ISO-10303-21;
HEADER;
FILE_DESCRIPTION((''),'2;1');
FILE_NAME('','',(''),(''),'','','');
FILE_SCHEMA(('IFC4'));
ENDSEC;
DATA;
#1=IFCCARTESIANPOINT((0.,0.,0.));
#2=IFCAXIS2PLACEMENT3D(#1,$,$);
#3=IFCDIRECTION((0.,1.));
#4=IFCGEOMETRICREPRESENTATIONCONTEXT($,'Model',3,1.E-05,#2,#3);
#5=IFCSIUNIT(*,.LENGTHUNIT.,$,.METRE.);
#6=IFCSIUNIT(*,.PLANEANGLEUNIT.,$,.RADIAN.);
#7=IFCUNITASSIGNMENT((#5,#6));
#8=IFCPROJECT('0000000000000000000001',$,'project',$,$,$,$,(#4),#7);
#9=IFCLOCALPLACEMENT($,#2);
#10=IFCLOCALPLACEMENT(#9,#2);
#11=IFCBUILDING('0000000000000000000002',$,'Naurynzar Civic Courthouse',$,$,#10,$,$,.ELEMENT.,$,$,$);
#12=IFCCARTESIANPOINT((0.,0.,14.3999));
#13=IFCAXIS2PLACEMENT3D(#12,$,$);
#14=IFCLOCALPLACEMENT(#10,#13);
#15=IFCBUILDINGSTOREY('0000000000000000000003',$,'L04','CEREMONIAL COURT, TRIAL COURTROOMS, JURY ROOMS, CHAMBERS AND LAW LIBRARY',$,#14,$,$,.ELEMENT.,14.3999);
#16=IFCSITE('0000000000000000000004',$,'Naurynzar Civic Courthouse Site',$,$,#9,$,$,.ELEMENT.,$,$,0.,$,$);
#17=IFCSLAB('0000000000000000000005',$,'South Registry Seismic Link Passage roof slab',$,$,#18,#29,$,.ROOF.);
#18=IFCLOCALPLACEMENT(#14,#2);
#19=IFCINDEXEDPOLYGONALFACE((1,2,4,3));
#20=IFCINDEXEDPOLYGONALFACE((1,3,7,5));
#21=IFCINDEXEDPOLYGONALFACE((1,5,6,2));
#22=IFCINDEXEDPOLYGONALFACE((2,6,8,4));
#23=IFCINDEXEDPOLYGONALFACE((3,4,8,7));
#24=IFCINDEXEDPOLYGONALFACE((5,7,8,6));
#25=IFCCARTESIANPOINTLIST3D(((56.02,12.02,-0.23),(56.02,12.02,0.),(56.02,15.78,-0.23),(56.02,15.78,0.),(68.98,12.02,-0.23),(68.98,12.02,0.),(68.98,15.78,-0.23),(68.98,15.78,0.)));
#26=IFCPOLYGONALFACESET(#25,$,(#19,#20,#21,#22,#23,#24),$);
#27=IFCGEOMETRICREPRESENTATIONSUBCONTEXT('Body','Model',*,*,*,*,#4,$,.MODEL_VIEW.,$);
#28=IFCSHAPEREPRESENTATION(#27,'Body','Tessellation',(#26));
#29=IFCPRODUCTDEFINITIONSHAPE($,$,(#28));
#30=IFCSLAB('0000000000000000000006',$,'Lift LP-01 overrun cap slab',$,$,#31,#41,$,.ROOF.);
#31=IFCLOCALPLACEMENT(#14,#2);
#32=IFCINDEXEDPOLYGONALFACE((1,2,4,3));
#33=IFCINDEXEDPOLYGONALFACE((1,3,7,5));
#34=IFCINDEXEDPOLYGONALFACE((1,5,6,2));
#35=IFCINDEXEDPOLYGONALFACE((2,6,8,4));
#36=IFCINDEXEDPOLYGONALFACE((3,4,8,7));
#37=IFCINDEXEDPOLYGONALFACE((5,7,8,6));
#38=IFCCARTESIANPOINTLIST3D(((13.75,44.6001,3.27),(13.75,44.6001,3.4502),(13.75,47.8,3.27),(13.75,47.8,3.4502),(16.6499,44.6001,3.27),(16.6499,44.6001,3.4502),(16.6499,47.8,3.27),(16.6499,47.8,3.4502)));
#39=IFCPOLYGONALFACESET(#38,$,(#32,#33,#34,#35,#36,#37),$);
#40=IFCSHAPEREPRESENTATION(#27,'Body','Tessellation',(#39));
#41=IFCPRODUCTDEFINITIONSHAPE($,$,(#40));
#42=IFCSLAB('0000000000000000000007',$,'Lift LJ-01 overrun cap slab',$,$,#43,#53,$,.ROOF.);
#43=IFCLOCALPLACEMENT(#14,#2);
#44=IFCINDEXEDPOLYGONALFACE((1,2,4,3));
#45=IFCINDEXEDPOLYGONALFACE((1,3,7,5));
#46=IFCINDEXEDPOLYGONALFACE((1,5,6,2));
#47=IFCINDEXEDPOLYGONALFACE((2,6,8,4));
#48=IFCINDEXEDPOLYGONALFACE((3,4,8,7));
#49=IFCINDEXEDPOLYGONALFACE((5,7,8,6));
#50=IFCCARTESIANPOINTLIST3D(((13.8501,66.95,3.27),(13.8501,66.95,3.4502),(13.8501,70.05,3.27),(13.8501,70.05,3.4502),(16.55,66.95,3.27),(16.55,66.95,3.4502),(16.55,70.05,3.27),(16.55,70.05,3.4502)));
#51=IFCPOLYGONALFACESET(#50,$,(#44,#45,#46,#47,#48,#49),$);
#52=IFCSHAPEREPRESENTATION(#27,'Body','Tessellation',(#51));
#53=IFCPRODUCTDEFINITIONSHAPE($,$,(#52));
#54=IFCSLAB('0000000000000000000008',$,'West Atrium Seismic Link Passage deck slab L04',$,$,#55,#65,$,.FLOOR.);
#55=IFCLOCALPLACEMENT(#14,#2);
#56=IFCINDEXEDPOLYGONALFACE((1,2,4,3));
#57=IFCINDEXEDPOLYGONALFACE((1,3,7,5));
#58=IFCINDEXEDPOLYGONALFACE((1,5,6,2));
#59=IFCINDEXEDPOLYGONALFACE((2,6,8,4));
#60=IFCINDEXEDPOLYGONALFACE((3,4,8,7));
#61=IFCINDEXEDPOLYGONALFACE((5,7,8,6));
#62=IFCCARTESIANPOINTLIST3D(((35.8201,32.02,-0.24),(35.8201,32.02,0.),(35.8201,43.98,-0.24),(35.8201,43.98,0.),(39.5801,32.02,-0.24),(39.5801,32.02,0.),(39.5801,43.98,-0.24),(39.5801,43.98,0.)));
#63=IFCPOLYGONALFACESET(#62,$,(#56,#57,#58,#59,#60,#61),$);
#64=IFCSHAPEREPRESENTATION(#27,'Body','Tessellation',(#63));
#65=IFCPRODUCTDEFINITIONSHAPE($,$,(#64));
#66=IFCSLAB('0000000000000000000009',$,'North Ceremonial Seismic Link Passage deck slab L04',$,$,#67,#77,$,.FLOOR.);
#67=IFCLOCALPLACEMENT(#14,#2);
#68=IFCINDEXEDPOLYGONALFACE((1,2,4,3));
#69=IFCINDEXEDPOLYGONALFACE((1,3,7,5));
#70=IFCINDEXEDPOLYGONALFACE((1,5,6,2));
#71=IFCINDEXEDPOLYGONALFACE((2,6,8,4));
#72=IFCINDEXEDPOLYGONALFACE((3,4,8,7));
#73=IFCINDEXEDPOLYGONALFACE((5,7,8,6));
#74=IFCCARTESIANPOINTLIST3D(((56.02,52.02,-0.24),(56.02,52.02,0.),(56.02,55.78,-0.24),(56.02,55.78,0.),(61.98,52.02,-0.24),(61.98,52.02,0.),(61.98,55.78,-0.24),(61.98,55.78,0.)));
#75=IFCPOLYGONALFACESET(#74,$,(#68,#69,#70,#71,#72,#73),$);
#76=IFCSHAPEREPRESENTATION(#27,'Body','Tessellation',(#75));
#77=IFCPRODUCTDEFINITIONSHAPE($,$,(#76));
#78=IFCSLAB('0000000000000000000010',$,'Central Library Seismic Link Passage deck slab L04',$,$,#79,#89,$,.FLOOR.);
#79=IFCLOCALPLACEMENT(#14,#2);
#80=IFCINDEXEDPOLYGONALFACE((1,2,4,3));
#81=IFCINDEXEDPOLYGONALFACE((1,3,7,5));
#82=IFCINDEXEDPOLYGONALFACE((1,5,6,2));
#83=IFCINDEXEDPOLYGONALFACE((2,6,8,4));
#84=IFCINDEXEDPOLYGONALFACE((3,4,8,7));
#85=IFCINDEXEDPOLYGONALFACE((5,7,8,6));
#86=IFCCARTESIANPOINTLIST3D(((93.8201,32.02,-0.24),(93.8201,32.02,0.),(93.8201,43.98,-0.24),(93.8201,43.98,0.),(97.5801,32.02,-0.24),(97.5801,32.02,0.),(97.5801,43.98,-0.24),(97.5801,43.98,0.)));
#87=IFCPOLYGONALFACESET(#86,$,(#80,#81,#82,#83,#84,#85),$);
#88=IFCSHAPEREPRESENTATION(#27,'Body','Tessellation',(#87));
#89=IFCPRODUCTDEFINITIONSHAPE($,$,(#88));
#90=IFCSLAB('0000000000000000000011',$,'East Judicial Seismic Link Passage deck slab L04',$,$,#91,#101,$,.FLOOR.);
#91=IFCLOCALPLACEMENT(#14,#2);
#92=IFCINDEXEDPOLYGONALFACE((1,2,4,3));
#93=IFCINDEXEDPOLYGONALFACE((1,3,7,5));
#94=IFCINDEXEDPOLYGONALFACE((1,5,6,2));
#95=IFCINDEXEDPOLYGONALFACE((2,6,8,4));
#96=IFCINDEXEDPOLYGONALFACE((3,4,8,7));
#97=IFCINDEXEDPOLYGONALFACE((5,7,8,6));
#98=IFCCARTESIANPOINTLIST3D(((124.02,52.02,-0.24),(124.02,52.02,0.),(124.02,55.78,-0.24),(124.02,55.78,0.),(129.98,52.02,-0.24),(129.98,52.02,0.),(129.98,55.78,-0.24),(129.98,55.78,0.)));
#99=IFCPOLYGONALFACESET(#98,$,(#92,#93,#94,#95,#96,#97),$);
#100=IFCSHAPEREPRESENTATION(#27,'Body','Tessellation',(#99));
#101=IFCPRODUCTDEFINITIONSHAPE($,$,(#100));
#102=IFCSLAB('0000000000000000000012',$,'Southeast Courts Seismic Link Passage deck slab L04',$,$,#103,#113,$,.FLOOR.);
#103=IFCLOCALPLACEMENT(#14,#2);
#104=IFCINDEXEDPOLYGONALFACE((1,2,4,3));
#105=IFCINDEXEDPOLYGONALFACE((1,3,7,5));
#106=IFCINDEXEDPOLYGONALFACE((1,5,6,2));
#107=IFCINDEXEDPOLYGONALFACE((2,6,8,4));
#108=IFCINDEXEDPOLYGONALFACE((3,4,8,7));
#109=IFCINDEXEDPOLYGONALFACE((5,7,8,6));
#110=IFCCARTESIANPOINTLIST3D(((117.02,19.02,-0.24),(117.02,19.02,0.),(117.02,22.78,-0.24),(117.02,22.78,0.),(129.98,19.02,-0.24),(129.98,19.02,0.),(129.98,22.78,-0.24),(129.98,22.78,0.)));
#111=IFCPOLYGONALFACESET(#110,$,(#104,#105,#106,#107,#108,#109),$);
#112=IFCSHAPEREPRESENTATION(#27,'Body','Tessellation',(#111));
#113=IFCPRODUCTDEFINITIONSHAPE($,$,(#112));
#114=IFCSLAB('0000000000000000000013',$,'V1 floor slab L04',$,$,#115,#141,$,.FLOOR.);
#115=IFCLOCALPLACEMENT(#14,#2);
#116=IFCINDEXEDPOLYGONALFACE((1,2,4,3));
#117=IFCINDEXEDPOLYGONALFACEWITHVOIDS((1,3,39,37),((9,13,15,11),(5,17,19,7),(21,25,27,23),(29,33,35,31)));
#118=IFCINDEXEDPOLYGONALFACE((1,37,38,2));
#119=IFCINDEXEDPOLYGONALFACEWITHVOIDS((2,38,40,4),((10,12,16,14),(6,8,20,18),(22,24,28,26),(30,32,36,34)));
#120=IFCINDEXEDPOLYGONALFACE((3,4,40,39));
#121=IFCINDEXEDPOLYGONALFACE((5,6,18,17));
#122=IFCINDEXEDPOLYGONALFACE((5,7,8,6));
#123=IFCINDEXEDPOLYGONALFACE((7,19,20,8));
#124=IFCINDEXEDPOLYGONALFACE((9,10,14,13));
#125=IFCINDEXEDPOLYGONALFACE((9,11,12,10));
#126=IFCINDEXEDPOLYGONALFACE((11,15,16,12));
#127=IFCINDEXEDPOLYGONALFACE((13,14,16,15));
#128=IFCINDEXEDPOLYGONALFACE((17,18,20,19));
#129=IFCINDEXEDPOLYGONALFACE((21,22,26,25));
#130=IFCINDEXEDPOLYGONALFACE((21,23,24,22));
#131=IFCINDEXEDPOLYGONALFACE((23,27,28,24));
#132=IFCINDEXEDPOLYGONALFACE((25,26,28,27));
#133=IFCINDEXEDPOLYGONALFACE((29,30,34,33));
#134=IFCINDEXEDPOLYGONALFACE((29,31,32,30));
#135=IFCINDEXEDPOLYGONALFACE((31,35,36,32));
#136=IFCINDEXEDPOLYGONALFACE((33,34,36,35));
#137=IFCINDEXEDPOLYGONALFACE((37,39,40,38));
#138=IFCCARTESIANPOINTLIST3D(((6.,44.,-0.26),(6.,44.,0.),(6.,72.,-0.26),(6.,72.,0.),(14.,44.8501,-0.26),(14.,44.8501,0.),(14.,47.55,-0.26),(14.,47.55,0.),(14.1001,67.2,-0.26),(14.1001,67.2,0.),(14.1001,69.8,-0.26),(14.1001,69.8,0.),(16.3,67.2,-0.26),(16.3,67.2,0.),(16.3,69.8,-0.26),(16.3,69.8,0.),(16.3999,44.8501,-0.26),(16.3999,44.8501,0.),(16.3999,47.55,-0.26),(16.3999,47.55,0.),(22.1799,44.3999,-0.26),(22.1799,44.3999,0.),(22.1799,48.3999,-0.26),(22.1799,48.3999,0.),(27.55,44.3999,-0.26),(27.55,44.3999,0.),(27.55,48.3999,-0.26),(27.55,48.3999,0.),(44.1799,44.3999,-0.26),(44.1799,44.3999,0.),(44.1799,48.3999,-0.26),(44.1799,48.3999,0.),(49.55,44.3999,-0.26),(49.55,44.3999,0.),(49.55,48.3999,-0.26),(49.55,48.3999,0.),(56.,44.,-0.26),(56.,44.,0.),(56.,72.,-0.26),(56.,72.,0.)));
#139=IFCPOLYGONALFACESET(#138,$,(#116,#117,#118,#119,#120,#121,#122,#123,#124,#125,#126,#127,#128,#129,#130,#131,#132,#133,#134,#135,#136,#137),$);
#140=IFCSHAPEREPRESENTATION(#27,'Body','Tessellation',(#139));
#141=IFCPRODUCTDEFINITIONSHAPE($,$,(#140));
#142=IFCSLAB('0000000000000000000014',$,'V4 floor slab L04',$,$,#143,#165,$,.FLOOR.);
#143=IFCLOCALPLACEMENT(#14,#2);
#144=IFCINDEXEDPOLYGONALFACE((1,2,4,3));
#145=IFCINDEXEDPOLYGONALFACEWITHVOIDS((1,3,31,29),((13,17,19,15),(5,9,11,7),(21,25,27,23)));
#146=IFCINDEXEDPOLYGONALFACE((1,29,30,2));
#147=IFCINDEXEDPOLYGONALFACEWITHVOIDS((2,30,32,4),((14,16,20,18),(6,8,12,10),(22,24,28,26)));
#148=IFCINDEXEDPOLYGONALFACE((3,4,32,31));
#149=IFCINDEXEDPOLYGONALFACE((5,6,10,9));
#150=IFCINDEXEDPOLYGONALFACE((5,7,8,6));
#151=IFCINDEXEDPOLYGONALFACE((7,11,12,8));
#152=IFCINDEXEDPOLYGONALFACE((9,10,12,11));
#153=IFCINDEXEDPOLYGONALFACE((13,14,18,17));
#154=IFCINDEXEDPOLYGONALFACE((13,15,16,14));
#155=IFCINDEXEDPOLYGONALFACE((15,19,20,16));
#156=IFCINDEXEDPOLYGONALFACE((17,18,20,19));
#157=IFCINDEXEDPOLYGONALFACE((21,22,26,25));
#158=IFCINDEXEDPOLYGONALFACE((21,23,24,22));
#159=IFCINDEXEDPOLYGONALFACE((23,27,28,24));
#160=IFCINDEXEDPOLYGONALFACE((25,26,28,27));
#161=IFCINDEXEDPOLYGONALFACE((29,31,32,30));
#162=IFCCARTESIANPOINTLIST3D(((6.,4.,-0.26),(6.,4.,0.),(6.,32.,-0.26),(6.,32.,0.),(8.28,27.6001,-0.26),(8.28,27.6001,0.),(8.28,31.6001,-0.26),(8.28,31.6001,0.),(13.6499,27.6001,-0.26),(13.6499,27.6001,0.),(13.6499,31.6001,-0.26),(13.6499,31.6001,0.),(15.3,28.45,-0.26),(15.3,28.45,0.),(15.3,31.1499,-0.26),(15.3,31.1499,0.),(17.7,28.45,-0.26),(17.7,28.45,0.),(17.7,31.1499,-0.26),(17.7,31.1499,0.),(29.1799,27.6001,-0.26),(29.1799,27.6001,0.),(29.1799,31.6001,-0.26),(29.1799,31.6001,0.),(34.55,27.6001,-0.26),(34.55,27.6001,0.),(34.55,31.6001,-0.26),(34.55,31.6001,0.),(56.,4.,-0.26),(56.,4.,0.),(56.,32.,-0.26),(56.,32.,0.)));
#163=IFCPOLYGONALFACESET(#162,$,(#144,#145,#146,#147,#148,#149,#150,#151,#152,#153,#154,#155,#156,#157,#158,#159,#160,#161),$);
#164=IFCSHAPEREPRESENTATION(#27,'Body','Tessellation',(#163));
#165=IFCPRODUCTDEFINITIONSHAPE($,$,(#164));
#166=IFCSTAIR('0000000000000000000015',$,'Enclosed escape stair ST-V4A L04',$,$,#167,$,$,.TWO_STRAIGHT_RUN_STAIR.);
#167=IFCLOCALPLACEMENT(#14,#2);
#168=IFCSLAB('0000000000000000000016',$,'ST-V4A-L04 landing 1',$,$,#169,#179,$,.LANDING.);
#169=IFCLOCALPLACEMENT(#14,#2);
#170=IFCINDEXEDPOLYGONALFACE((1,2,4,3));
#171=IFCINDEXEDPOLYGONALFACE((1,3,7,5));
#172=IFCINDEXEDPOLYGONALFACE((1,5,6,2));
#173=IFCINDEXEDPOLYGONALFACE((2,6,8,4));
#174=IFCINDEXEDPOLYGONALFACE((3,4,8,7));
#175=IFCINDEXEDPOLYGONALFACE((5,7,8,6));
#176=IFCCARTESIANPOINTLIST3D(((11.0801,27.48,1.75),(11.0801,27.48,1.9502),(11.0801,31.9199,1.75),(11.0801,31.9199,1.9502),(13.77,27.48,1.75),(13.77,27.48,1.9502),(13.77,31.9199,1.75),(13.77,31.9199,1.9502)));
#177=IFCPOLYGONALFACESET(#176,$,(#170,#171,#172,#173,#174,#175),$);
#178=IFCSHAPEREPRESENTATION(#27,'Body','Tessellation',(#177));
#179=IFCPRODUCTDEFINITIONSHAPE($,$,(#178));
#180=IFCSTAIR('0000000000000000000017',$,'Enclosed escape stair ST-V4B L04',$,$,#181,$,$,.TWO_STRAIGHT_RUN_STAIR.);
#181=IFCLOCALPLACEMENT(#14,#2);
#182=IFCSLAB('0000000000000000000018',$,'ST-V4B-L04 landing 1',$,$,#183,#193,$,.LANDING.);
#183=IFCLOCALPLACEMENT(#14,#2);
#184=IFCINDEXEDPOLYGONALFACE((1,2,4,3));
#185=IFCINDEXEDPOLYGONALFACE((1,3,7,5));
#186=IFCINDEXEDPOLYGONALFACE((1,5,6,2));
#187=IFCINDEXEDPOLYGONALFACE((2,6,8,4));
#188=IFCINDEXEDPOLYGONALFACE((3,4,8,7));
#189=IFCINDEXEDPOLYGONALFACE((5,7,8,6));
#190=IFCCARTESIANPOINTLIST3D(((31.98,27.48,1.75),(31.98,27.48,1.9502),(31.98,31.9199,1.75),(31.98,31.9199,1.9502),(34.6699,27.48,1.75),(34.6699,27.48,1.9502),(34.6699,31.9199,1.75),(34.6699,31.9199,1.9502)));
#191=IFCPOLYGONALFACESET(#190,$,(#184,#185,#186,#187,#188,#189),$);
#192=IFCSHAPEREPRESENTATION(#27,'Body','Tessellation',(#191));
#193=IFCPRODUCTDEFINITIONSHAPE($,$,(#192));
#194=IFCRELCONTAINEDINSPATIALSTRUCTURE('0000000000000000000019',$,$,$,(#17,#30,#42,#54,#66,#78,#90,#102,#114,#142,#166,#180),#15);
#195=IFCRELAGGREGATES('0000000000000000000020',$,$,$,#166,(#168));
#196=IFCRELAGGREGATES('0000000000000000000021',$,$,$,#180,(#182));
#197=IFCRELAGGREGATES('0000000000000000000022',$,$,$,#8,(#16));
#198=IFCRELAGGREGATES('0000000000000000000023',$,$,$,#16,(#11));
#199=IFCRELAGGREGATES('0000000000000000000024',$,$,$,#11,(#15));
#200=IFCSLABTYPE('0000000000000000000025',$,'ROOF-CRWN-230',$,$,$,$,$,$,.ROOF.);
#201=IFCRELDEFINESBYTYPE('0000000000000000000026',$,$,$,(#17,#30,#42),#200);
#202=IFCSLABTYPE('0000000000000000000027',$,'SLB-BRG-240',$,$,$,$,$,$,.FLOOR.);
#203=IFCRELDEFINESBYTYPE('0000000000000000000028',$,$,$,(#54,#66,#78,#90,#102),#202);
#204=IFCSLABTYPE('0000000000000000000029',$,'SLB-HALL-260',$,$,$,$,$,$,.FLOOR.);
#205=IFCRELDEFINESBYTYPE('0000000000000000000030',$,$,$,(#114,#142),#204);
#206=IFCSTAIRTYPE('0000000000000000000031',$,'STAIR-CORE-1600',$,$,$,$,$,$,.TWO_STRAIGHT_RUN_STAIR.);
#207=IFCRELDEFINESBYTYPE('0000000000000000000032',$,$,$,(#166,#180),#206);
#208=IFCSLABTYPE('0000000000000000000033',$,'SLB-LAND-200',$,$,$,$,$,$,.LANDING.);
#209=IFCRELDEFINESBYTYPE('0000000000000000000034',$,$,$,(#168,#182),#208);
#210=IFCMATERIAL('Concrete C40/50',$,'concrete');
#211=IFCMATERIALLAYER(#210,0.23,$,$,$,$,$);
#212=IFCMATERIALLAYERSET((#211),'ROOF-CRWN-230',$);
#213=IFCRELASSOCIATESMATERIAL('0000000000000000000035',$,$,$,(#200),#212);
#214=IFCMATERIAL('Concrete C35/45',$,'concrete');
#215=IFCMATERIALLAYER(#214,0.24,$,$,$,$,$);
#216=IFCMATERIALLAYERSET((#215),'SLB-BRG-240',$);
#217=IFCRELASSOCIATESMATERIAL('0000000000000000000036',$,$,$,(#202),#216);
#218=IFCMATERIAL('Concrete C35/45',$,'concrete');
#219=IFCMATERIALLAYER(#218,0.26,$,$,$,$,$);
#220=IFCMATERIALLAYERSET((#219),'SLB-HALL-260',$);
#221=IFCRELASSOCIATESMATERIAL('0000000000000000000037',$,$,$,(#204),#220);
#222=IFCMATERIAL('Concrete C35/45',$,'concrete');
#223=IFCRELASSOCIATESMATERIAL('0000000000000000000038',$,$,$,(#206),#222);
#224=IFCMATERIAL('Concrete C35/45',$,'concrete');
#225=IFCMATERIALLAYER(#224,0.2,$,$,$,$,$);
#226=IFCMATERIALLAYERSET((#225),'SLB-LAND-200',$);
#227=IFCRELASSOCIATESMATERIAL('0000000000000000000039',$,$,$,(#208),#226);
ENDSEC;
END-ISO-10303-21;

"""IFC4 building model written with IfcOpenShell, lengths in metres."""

from ifc_helpers import new_model, si_unit, direction, frame, origin, place, context, subcontext, project, spatial, polyline, outline, extrude, material, layer, layer_set, type_object, element, aggregate, save


model = new_model("IFC4")

# Units and contexts
model_context = context("Model", 3, precision=1e-05, world=origin(), true_north=direction((0.0, 1.0)))
body_context = subcontext(model_context, "Body", "Model", "MODEL_VIEW")
ifc_project = project(units=[si_unit("LENGTHUNIT", "METRE"), si_unit("PLANEANGLEUNIT", "RADIAN")], contexts=[model_context])

# Site, building, storey
site_placement = place(None, origin())
site = spatial("IfcSite", under=ifc_project, at=site_placement, Name="Naurynzar Civic Courthouse Site", CompositionType="ELEMENT", RefElevation=0.0)
building_placement = place(site_placement, origin())
building = spatial("IfcBuilding", under=site, at=building_placement, Name="Naurynzar Civic Courthouse", CompositionType="ELEMENT")
storey_placement = place(building_placement, frame((0.0, 0.0, 14.3999)))
storey = spatial("IfcBuildingStorey", under=building, at=storey_placement, Name="L04", Description="CEREMONIAL COURT, TRIAL COURTROOMS, JURY ROOMS, CHAMBERS AND LAW LIBRARY", CompositionType="ELEMENT", Elevation=14.3999)

# Slabs
ifc_material_1 = material(Name="Concrete C40/50", Category="concrete")
ifc_layer_1 = layer(ifc_material_1, 0.23)
ifc_layer_set_1 = layer_set([ifc_layer_1], Name="ROOF-CRWN-230")
slab_type_1 = type_object("IfcSlabType", Name="ROOF-CRWN-230", PredefinedType="ROOF", material=ifc_layer_set_1)
slab_1_placement = place(storey_placement, frame((0.0, 0.0, -0.23)))
element("IfcSlab", 1, at=slab_1_placement, inside=storey, type_object=slab_type_1, Name="South Registry Seismic Link Passage roof slab", PredefinedType="ROOF", context=body_context, shape_type="SweptSolid", body=[
    extrude(outline(polyline([(56.02, 12.02), (68.98, 12.02), (68.98, 15.78), (56.02, 15.78), (56.02, 12.02)])), origin(), (0.0, 0.0, 1.0), 0.23),
])
slab_2_placement = place(storey_placement, frame((0.0, 0.0, 3.27)))
element("IfcSlab", 2, at=slab_2_placement, inside=storey, type_object=slab_type_1, Name="Lift LP-01 overrun cap slab", PredefinedType="ROOF", context=body_context, shape_type="SweptSolid", body=[
    extrude(outline(polyline([(13.75, 44.6001), (16.6499, 44.6001), (16.6499, 47.8), (13.75, 47.8), (13.75, 44.6001)])), origin(), (0.0, 0.0, 1.0), 0.1802),
])
slab_3_placement = place(storey_placement, frame((0.0, 0.0, 3.27)))
element("IfcSlab", 3, at=slab_3_placement, inside=storey, type_object=slab_type_1, Name="Lift LJ-01 overrun cap slab", PredefinedType="ROOF", context=body_context, shape_type="SweptSolid", body=[
    extrude(outline(polyline([(13.8501, 66.95), (16.55, 66.95), (16.55, 70.05), (13.8501, 70.05), (13.8501, 66.95)])), origin(), (0.0, 0.0, 1.0), 0.1802),
])
ifc_material_2 = material(Name="Concrete C35/45", Category="concrete")
ifc_layer_2 = layer(ifc_material_2, 0.24)
ifc_layer_set_2 = layer_set([ifc_layer_2], Name="SLB-BRG-240")
slab_type_2 = type_object("IfcSlabType", Name="SLB-BRG-240", PredefinedType="FLOOR", material=ifc_layer_set_2)
slab_4_placement = place(storey_placement, frame((0.0, 0.0, -0.24)))
element("IfcSlab", 4, at=slab_4_placement, inside=storey, type_object=slab_type_2, Name="West Atrium Seismic Link Passage deck slab L04", PredefinedType="FLOOR", context=body_context, shape_type="SweptSolid", body=[
    extrude(outline(polyline([(35.8201, 32.02), (39.5801, 32.02), (39.5801, 43.98), (35.8201, 43.98), (35.8201, 32.02)])), origin(), (0.0, 0.0, 1.0), 0.24),
])
slab_5_placement = place(storey_placement, frame((0.0, 0.0, -0.24)))
element("IfcSlab", 5, at=slab_5_placement, inside=storey, type_object=slab_type_2, Name="North Ceremonial Seismic Link Passage deck slab L04", PredefinedType="FLOOR", context=body_context, shape_type="SweptSolid", body=[
    extrude(outline(polyline([(56.02, 52.02), (61.98, 52.02), (61.98, 55.78), (56.02, 55.78), (56.02, 52.02)])), origin(), (0.0, 0.0, 1.0), 0.24),
])
slab_6_placement = place(storey_placement, frame((0.0, 0.0, -0.24)))
element("IfcSlab", 6, at=slab_6_placement, inside=storey, type_object=slab_type_2, Name="Central Library Seismic Link Passage deck slab L04", PredefinedType="FLOOR", context=body_context, shape_type="SweptSolid", body=[
    extrude(outline(polyline([(93.8201, 32.02), (97.5801, 32.02), (97.5801, 43.98), (93.8201, 43.98), (93.8201, 32.02)])), origin(), (0.0, 0.0, 1.0), 0.24),
])
slab_7_placement = place(storey_placement, frame((0.0, 0.0, -0.24)))
element("IfcSlab", 7, at=slab_7_placement, inside=storey, type_object=slab_type_2, Name="East Judicial Seismic Link Passage deck slab L04", PredefinedType="FLOOR", context=body_context, shape_type="SweptSolid", body=[
    extrude(outline(polyline([(124.02, 52.02), (129.98, 52.02), (129.98, 55.78), (124.02, 55.78), (124.02, 52.02)])), origin(), (0.0, 0.0, 1.0), 0.24),
])
slab_8_placement = place(storey_placement, frame((0.0, 0.0, -0.24)))
element("IfcSlab", 8, at=slab_8_placement, inside=storey, type_object=slab_type_2, Name="Southeast Courts Seismic Link Passage deck slab L04", PredefinedType="FLOOR", context=body_context, shape_type="SweptSolid", body=[
    extrude(outline(polyline([(117.02, 19.02), (129.98, 19.02), (129.98, 22.78), (117.02, 22.78), (117.02, 19.02)])), origin(), (0.0, 0.0, 1.0), 0.24),
])
ifc_material_3 = material(Name="Concrete C35/45", Category="concrete")
ifc_layer_3 = layer(ifc_material_3, 0.26)
ifc_layer_set_3 = layer_set([ifc_layer_3], Name="SLB-HALL-260")
slab_type_3 = type_object("IfcSlabType", Name="SLB-HALL-260", PredefinedType="FLOOR", material=ifc_layer_set_3)
slab_9_placement = place(storey_placement, frame((0.0, 0.0, -0.26)))
element("IfcSlab", 9, at=slab_9_placement, inside=storey, type_object=slab_type_3, Name="V1 floor slab L04", PredefinedType="FLOOR", context=body_context, shape_type="SweptSolid", body=[
    extrude(outline(polyline([(56.0, 44.0), (56.0, 72.0), (6.0, 72.0), (6.0, 44.0), (56.0, 44.0)]), holes=[polyline([(22.1799, 44.3999), (27.55, 44.3999), (27.55, 48.3999), (22.1799, 48.3999), (22.1799, 44.3999)]), polyline([(44.1799, 44.3999), (49.55, 44.3999), (49.55, 48.3999), (44.1799, 48.3999), (44.1799, 44.3999)]), polyline([(14.0, 44.8501), (16.3999, 44.8501), (16.3999, 47.55), (14.0, 47.55), (14.0, 44.8501)]), polyline([(14.1001, 67.2), (16.3, 67.2), (16.3, 69.8), (14.1001, 69.8), (14.1001, 67.2)])]), origin(), (0.0, 0.0, 1.0), 0.26),
])
slab_10_placement = place(storey_placement, frame((0.0, 0.0, -0.26)))
element("IfcSlab", 10, at=slab_10_placement, inside=storey, type_object=slab_type_3, Name="V4 floor slab L04", PredefinedType="FLOOR", context=body_context, shape_type="SweptSolid", body=[
    extrude(outline(polyline([(56.0, 4.0), (56.0, 32.0), (6.0, 32.0), (6.0, 4.0), (56.0, 4.0)]), holes=[polyline([(8.28, 27.6001), (13.6499, 27.6001), (13.6499, 31.6001), (8.28, 31.6001), (8.28, 27.6001)]), polyline([(29.1799, 27.6001), (34.55, 27.6001), (34.55, 31.6001), (29.1799, 31.6001), (29.1799, 27.6001)]), polyline([(15.3, 28.45), (17.7, 28.45), (17.7, 31.1499), (15.3, 31.1499), (15.3, 28.45)])]), origin(), (0.0, 0.0, 1.0), 0.26),
])

# Stairs, slabs
ifc_material_4 = material(Name="Concrete C35/45", Category="concrete")
stair_type_1 = type_object("IfcStairType", Name="STAIR-CORE-1600", PredefinedType="TWO_STRAIGHT_RUN_STAIR", material=ifc_material_4)
stair_1_placement = place(storey_placement, origin())
stair_1 = element("IfcStair", 11, at=stair_1_placement, inside=storey, type_object=stair_type_1, Name="Enclosed escape stair ST-V4A L04", PredefinedType="TWO_STRAIGHT_RUN_STAIR")
ifc_material_5 = material(Name="Concrete C35/45", Category="concrete")
ifc_layer_4 = layer(ifc_material_5, 0.2)
ifc_layer_set_4 = layer_set([ifc_layer_4], Name="SLB-LAND-200")
slab_type_4 = type_object("IfcSlabType", Name="SLB-LAND-200", PredefinedType="LANDING", material=ifc_layer_set_4)
slab_11_placement = place(storey_placement, frame((0.0, 0.0, 1.75)))
slab_11 = element("IfcSlab", 12, at=slab_11_placement, type_object=slab_type_4, Name="ST-V4A-L04 landing 1", PredefinedType="LANDING", context=body_context, shape_type="SweptSolid", body=[
    extrude(outline(polyline([(11.0801, 27.48), (13.77, 27.48), (13.77, 31.9199), (11.0801, 31.9199), (11.0801, 27.48)])), origin(), (0.0, 0.0, 1.0), 0.2002),
])
aggregate(stair_1, [slab_11])
stair_2_placement = place(storey_placement, origin())
stair_2 = element("IfcStair", 13, at=stair_2_placement, inside=storey, type_object=stair_type_1, Name="Enclosed escape stair ST-V4B L04", PredefinedType="TWO_STRAIGHT_RUN_STAIR")
slab_12_placement = place(storey_placement, frame((0.0, 0.0, 1.75)))
slab_12 = element("IfcSlab", 14, at=slab_12_placement, type_object=slab_type_4, Name="ST-V4B-L04 landing 1", PredefinedType="LANDING", context=body_context, shape_type="SweptSolid", body=[
    extrude(outline(polyline([(31.98, 27.48), (34.6699, 27.48), (34.6699, 31.9199), (31.98, 31.9199), (31.98, 27.48)])), origin(), (0.0, 0.0, 1.0), 0.2002),
])
aggregate(stair_2, [slab_12])

save(model, "model.ifc")
